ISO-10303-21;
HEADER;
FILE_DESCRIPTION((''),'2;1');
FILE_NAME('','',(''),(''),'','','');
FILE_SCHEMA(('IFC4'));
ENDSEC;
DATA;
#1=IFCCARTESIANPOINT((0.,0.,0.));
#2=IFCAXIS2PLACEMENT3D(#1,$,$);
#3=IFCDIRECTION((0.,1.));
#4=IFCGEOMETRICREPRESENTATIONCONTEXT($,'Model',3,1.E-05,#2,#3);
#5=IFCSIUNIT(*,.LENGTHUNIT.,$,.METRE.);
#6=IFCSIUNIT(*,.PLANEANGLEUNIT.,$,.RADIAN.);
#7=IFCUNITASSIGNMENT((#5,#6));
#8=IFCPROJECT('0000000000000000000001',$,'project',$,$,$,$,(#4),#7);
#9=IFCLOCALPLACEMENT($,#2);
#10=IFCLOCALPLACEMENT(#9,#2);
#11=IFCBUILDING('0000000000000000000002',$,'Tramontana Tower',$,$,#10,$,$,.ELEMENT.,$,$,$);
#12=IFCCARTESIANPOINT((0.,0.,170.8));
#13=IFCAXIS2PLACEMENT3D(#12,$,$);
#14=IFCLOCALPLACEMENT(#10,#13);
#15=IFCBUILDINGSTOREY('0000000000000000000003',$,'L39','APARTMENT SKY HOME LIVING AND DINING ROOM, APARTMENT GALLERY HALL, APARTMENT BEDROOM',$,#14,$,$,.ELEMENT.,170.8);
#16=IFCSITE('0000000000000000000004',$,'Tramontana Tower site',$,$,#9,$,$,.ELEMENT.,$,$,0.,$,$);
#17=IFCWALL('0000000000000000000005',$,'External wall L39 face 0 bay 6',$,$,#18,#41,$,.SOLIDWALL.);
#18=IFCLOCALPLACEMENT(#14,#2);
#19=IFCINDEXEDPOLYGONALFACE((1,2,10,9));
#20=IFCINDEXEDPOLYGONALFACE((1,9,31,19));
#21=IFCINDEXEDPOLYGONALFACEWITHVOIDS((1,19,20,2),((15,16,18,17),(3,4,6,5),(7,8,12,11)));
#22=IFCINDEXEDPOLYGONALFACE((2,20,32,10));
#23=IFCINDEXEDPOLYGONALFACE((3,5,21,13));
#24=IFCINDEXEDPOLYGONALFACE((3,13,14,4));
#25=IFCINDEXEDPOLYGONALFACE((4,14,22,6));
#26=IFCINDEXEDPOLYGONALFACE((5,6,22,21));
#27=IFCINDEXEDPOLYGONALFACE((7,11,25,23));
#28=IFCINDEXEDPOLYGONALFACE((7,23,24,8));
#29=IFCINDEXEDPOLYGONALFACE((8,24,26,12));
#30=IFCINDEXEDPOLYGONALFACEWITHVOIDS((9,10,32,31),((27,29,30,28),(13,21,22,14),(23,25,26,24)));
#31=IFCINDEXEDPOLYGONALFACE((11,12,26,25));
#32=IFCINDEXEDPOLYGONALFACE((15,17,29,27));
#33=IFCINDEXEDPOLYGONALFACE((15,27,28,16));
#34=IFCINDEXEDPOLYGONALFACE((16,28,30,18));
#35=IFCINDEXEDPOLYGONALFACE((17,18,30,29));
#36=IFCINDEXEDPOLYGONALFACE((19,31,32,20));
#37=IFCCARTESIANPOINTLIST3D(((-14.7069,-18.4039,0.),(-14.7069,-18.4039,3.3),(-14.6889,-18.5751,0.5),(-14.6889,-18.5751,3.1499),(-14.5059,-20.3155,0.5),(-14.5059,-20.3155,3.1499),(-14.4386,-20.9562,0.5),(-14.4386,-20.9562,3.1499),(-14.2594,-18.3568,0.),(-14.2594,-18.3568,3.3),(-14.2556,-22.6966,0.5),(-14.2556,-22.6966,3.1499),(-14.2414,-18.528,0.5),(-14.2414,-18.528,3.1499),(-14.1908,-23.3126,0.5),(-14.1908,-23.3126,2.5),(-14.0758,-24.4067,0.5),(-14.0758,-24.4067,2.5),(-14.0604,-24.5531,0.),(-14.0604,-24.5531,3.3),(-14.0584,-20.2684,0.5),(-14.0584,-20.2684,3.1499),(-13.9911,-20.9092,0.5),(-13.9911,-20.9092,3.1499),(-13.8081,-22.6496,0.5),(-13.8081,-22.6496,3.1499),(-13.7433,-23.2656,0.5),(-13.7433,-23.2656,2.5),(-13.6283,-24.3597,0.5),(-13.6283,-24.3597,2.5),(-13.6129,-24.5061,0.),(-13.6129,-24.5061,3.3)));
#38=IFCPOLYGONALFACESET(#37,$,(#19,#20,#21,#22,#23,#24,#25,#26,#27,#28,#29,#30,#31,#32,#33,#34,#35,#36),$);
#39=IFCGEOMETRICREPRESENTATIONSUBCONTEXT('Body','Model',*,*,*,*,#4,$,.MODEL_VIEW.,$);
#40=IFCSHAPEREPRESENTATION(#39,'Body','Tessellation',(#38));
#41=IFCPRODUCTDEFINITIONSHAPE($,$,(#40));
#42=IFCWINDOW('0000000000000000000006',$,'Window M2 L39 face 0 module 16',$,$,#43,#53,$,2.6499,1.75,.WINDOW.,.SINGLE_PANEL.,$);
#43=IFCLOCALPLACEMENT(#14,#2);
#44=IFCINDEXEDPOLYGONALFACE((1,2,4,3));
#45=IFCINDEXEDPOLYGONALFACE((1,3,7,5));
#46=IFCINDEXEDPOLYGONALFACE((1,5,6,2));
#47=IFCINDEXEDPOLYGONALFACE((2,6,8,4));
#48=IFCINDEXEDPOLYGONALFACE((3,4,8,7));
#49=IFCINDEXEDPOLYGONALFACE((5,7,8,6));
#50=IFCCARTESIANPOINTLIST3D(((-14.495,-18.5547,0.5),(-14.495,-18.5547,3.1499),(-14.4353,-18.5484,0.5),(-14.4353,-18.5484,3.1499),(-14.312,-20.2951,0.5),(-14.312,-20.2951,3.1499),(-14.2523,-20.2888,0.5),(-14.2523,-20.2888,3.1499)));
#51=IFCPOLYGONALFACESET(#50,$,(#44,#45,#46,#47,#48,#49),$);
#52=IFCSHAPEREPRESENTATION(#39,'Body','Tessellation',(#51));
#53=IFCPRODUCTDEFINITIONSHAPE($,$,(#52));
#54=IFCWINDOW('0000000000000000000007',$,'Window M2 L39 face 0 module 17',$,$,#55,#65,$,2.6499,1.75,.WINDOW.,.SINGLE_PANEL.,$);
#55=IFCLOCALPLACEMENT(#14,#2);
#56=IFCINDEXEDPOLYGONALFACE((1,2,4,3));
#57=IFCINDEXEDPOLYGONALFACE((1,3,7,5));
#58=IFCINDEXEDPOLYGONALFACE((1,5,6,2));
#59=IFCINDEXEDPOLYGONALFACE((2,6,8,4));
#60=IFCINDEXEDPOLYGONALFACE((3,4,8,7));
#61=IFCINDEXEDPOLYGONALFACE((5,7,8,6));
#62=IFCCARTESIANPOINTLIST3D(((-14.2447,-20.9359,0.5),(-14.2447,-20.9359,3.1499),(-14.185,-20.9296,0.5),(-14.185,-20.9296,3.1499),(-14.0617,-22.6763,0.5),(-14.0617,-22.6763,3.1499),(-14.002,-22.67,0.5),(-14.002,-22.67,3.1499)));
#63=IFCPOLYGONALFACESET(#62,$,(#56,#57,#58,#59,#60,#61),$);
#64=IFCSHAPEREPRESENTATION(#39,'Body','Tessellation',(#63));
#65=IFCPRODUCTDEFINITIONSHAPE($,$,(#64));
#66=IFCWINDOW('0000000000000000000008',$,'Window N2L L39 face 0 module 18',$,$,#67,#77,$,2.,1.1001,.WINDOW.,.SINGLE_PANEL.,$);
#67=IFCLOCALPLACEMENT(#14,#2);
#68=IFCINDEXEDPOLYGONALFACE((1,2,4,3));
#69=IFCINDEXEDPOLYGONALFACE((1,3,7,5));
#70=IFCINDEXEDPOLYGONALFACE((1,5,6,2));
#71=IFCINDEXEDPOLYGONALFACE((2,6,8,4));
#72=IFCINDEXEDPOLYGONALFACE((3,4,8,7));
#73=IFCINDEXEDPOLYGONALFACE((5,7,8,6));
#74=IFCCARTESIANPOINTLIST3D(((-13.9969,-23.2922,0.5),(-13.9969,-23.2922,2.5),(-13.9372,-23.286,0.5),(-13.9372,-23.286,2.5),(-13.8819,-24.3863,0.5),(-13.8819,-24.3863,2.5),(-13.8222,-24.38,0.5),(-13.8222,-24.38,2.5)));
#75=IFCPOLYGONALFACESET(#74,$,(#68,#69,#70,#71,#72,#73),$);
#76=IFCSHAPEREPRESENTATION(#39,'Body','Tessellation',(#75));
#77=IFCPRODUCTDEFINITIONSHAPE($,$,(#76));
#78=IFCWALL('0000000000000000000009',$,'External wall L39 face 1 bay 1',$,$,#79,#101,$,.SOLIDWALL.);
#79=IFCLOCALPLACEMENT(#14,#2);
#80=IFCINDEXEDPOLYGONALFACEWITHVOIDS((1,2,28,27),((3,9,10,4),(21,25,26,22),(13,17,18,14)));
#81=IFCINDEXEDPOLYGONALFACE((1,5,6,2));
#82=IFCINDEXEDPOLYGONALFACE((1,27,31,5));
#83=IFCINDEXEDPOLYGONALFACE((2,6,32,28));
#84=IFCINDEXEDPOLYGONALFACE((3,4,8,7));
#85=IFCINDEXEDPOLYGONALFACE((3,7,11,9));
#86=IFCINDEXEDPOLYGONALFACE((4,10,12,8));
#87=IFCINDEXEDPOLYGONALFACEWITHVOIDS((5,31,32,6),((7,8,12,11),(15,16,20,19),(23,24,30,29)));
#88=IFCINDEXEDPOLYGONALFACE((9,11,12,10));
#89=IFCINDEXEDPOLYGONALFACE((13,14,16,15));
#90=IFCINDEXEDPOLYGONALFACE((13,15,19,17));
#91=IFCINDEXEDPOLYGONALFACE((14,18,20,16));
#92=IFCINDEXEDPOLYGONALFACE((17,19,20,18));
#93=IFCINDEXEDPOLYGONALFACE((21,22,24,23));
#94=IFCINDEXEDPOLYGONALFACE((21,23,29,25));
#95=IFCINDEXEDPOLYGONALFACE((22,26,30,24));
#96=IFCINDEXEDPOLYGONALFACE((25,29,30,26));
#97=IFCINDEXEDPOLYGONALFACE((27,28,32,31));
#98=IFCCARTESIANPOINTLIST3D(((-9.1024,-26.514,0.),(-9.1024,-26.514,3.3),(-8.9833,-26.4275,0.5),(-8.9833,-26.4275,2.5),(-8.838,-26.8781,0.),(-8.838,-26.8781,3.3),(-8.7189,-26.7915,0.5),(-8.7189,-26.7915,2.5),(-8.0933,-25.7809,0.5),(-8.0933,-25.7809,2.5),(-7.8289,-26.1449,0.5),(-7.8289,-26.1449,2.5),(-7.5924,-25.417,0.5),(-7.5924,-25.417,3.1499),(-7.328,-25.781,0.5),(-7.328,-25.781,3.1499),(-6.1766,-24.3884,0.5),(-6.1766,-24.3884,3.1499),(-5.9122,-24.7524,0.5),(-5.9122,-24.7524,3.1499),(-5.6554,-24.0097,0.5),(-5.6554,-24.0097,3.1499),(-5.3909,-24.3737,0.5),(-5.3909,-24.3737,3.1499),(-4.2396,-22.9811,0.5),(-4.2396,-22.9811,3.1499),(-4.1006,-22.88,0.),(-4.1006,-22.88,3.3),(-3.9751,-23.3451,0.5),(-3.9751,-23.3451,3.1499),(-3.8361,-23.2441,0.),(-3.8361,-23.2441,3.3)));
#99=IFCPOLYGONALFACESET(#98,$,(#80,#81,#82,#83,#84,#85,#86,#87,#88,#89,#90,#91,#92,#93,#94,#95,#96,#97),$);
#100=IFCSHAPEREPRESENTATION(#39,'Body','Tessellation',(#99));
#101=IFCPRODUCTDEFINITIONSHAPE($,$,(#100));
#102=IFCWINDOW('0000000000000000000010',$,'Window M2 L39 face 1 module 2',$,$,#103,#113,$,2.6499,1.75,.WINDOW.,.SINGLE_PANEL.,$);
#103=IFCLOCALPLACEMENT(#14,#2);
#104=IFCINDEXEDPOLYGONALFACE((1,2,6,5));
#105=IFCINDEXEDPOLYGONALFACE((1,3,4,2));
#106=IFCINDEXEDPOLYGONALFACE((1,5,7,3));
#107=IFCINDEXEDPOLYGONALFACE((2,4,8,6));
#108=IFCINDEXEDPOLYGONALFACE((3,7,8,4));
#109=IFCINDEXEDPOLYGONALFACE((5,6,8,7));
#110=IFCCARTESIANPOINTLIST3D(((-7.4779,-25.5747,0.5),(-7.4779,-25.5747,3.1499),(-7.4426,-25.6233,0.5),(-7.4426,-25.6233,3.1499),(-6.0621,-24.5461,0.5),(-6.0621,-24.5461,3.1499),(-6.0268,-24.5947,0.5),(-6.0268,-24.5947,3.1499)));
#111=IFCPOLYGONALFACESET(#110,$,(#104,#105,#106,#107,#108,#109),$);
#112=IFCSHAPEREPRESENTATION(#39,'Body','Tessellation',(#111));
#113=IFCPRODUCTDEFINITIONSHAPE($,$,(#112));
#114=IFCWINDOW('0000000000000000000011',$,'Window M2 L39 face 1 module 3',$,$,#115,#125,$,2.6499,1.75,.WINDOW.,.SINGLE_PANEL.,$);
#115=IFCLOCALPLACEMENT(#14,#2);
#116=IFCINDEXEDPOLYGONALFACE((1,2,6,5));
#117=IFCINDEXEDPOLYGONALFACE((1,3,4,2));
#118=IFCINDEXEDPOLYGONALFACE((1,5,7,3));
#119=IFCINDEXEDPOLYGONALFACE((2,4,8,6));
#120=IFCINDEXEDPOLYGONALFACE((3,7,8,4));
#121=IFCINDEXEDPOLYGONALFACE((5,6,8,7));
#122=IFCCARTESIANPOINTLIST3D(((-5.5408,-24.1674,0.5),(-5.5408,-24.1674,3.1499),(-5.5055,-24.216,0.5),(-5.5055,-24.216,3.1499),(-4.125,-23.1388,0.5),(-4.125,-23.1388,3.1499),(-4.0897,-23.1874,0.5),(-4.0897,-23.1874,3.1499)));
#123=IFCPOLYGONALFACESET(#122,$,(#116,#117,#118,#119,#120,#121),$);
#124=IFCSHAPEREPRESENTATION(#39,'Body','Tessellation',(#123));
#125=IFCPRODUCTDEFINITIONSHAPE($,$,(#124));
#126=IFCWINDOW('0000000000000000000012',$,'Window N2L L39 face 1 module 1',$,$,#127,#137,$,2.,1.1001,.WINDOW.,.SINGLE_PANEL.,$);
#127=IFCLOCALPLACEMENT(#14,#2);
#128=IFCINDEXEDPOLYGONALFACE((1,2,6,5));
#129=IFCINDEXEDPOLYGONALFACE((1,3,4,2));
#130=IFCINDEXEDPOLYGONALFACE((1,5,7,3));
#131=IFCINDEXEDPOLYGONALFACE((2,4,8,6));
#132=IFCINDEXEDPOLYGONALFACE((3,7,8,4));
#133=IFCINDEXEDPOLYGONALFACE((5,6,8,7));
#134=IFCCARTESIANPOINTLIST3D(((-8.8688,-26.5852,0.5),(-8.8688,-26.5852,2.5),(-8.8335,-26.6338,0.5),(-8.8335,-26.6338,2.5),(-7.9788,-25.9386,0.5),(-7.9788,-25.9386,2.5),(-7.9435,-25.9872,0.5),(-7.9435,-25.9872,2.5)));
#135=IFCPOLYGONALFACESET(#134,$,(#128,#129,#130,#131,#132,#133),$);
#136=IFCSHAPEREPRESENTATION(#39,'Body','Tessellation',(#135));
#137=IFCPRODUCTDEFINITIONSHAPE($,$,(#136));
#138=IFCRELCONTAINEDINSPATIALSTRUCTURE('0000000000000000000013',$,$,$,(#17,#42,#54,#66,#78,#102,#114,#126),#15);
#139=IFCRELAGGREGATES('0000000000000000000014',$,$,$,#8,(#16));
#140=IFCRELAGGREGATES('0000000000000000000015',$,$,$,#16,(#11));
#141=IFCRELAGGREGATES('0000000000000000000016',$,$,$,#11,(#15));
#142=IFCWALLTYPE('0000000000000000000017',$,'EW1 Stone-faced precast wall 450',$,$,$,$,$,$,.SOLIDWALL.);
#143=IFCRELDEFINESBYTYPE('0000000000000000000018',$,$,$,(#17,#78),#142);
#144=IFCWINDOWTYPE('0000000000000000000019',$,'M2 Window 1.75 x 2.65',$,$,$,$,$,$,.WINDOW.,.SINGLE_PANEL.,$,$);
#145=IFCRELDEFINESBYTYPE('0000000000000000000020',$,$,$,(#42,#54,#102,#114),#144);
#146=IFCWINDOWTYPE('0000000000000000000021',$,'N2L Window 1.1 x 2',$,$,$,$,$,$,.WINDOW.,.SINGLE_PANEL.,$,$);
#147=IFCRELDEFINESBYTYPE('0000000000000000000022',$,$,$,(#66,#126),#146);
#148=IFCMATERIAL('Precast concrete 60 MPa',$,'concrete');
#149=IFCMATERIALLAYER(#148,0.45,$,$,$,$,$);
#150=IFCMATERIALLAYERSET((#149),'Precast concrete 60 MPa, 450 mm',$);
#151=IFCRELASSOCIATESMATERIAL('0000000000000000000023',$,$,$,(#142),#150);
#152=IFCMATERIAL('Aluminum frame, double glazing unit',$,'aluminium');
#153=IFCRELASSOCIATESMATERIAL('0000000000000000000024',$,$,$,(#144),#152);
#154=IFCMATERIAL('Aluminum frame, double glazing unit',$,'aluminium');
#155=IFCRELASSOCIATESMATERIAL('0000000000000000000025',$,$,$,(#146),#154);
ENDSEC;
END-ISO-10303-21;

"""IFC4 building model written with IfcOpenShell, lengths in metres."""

from ifc_helpers import new_model, si_unit, direction, frame, frame_2d, origin, place, context, subcontext, project, spatial, rectangle, extrude, material, layer, layer_set, type_object, element, fill, save


model = new_model("IFC4")

# Units and contexts
model_context = context("Model", 3, precision=1e-05, world=origin(), true_north=direction((0.0, 1.0)))
body_context = subcontext(model_context, "Body", "Model", "MODEL_VIEW")
ifc_project = project(units=[si_unit("LENGTHUNIT", "METRE"), si_unit("PLANEANGLEUNIT", "RADIAN")], contexts=[model_context])

# Site, building, storey
site_placement = place(None, origin())
site = spatial("IfcSite", under=ifc_project, at=site_placement, Name="Tramontana Tower site", CompositionType="ELEMENT", RefElevation=0.0)
building_placement = place(site_placement, origin())
building = spatial("IfcBuilding", under=site, at=building_placement, Name="Tramontana Tower", CompositionType="ELEMENT")
storey_placement = place(building_placement, frame((0.0, 0.0, 170.8)))
storey = spatial("IfcBuildingStorey", under=building, at=storey_placement, Name="L39", Description="APARTMENT SKY HOME LIVING AND DINING ROOM, APARTMENT GALLERY HALL, APARTMENT BEDROOM", CompositionType="ELEMENT", Elevation=170.8)

# Walls, openings, windows
ifc_material_1 = material(Name="Precast concrete 60 MPa", Category="concrete")
ifc_layer_1 = layer(ifc_material_1, 0.45)
ifc_layer_set_1 = layer_set([ifc_layer_1], Name="Precast concrete 60 MPa, 450 mm")
wall_type_1 = type_object("IfcWallType", Name="EW1 Stone-faced precast wall 450", PredefinedType="SOLIDWALL", material=ifc_layer_set_1)
wall_1_placement = place(storey_placement, frame((-14.4832, -18.3804, 0.0), z_axis=(0.0, 0.0, 1.0), x_axis=(0.104557, -0.994519, 0.0)))
wall_1 = element("IfcWall", 1, at=wall_1_placement, inside=storey, type_object=wall_type_1, Name="External wall L39 face 0 bay 6", PredefinedType="SOLIDWALL", context=body_context, shape_type="SweptSolid", body=[
    extrude(rectangle(XDim=6.1831, YDim=0.45, at=frame_2d((3.0916, 0.0))), origin(), (0.0, 0.0, 1.0), 3.3),
])
opening_1_placement = place(wall_1_placement, frame((0.1721, 0.0, 0.5)))
opening_1 = element("IfcOpeningElement", 2, at=opening_1_placement, cuts=wall_1, PredefinedType="OPENING", context=body_context, shape_type="SweptSolid", body=[
    extrude(rectangle(XDim=1.75, YDim=2.6499, at=frame_2d((0.875, 1.325))), frame((0.0, 0.2349, 0.0), z_axis=(0.0, -1.0, 0.0), x_axis=(1.0, 0.0, 0.0)), (0.0, 0.0, 1.0), 0.47),
])
opening_2_placement = place(wall_1_placement, frame((2.5664, 0.0, 0.5)))
opening_2 = element("IfcOpeningElement", 3, at=opening_2_placement, cuts=wall_1, PredefinedType="OPENING", context=body_context, shape_type="SweptSolid", body=[
    extrude(rectangle(XDim=1.75, YDim=2.6499, at=frame_2d((0.875, 1.325))), frame((0.0, 0.2349, 0.0), z_axis=(0.0, -1.0, 0.0), x_axis=(1.0, 0.0, 0.0)), (0.0, 0.0, 1.0), 0.47),
])
opening_3_placement = place(wall_1_placement, frame((4.9358, 0.0, 0.5)))
opening_3 = element("IfcOpeningElement", 4, at=opening_3_placement, cuts=wall_1, PredefinedType="OPENING", context=body_context, shape_type="SweptSolid", body=[
    extrude(rectangle(XDim=1.1001, YDim=2.0, at=frame_2d((0.55, 1.0))), frame((0.0, 0.2349, 0.0), z_axis=(0.0, -1.0, 0.0), x_axis=(1.0, 0.0, 0.0)), (0.0, 0.0, 1.0), 0.47),
])
ifc_material_2 = material(Name="Aluminum frame, double glazing unit", Category="aluminium")
window_type_1 = type_object("IfcWindowType", Name="M2 Window 1.75 x 2.65", PartitioningType="SINGLE_PANEL", PredefinedType="WINDOW", material=ifc_material_2)
window_1_placement = place(opening_1_placement, origin())
window_1 = element("IfcWindow", 5, at=window_1_placement, inside=storey, type_object=window_type_1, Name="Window M2 L39 face 0 module 16", OverallHeight=2.6499, OverallWidth=1.75, PartitioningType="SINGLE_PANEL", PredefinedType="WINDOW", context=body_context, shape_type="SweptSolid", body=[
    extrude(rectangle(XDim=1.75, YDim=2.6499, at=frame_2d((0.875, 1.325))), frame((0.0, 0.03, 0.0), z_axis=(0.0, -1.0, 0.0), x_axis=(1.0, 0.0, 0.0)), (0.0, 0.0, 1.0), 0.0601),
])
fill(opening_1, window_1)
window_2_placement = place(opening_2_placement, origin())
window_2 = element("IfcWindow", 6, at=window_2_placement, inside=storey, type_object=window_type_1, Name="Window M2 L39 face 0 module 17", OverallHeight=2.6499, OverallWidth=1.75, PartitioningType="SINGLE_PANEL", PredefinedType="WINDOW", context=body_context, shape_type="SweptSolid", body=[
    extrude(rectangle(XDim=1.75, YDim=2.6499, at=frame_2d((0.875, 1.325))), frame((0.0, 0.03, 0.0), z_axis=(0.0, -1.0, 0.0), x_axis=(1.0, 0.0, 0.0)), (0.0, 0.0, 1.0), 0.0601),
])
fill(opening_2, window_2)
ifc_material_3 = material(Name="Aluminum frame, double glazing unit", Category="aluminium")
window_type_2 = type_object("IfcWindowType", Name="N2L Window 1.1 x 2", PartitioningType="SINGLE_PANEL", PredefinedType="WINDOW", material=ifc_material_3)
window_3_placement = place(opening_3_placement, origin())
window_3 = element("IfcWindow", 7, at=window_3_placement, inside=storey, type_object=window_type_2, Name="Window N2L L39 face 0 module 18", OverallHeight=2.0, OverallWidth=1.1001, PartitioningType="SINGLE_PANEL", PredefinedType="WINDOW", context=body_context, shape_type="SweptSolid", body=[
    extrude(rectangle(XDim=1.1001, YDim=2.0, at=frame_2d((0.55, 1.0))), frame((0.0, 0.03, 0.0), z_axis=(0.0, -1.0, 0.0), x_axis=(1.0, 0.0, 0.0)), (0.0, 0.0, 1.0), 0.0601),
])
fill(opening_3, window_3)
wall_2_placement = place(storey_placement, frame((-8.9702, -26.696, 0.0), z_axis=(0.0, 0.0, 1.0), x_axis=(0.809025, 0.587775, 0.0)))
wall_2 = element("IfcWall", 8, at=wall_2_placement, inside=storey, type_object=wall_type_1, Name="External wall L39 face 1 bay 1", PredefinedType="SOLIDWALL", context=body_context, shape_type="SweptSolid", body=[
    extrude(rectangle(XDim=6.1826, YDim=0.45, at=frame_2d((3.0913, 0.0))), origin(), (0.0, 0.0, 1.0), 3.3),
])
opening_4_placement = place(wall_2_placement, frame((0.1472, 0.0, 0.5)))
opening_4 = element("IfcOpeningElement", 9, at=opening_4_placement, cuts=wall_2, PredefinedType="OPENING", context=body_context, shape_type="SweptSolid", body=[
    extrude(rectangle(XDim=1.1001, YDim=2.0, at=frame_2d((0.55, 1.0))), frame((0.0, 0.2349, 0.0), z_axis=(0.0, -1.0, 0.0), x_axis=(1.0, 0.0, 0.0)), (0.0, 0.0, 1.0), 0.47),
])
opening_5_placement = place(wall_2_placement, frame((1.8665, 0.0, 0.5)))
opening_5 = element("IfcOpeningElement", 10, at=opening_5_placement, cuts=wall_2, PredefinedType="OPENING", context=body_context, shape_type="SweptSolid", body=[
    extrude(rectangle(XDim=1.75, YDim=2.6499, at=frame_2d((0.875, 1.325))), frame((0.0, 0.2349, 0.0), z_axis=(0.0, -1.0, 0.0), x_axis=(1.0, 0.0, 0.0)), (0.0, 0.0, 1.0), 0.47),
])
opening_6_placement = place(wall_2_placement, frame((4.2607, 0.0, 0.5)))
opening_6 = element("IfcOpeningElement", 11, at=opening_6_placement, cuts=wall_2, PredefinedType="OPENING", context=body_context, shape_type="SweptSolid", body=[
    extrude(rectangle(XDim=1.75, YDim=2.6499, at=frame_2d((0.875, 1.325))), frame((0.0, 0.2349, 0.0), z_axis=(0.0, -1.0, 0.0), x_axis=(1.0, 0.0, 0.0)), (0.0, 0.0, 1.0), 0.47),
])
window_4_placement = place(opening_5_placement, origin())
window_4 = element("IfcWindow", 12, at=window_4_placement, inside=storey, type_object=window_type_1, Name="Window M2 L39 face 1 module 2", OverallHeight=2.6499, OverallWidth=1.75, PartitioningType="SINGLE_PANEL", PredefinedType="WINDOW", context=body_context, shape_type="SweptSolid", body=[
    extrude(rectangle(XDim=1.75, YDim=2.6499, at=frame_2d((0.875, 1.325))), frame((0.0, 0.03, 0.0), z_axis=(0.0, -1.0, 0.0), x_axis=(1.0, 0.0, 0.0)), (0.0, 0.0, 1.0), 0.0601),
])
fill(opening_5, window_4)
window_5_placement = place(opening_6_placement, origin())
window_5 = element("IfcWindow", 13, at=window_5_placement, inside=storey, type_object=window_type_1, Name="Window M2 L39 face 1 module 3", OverallHeight=2.6499, OverallWidth=1.75, PartitioningType="SINGLE_PANEL", PredefinedType="WINDOW", context=body_context, shape_type="SweptSolid", body=[
    extrude(rectangle(XDim=1.75, YDim=2.6499, at=frame_2d((0.875, 1.325))), frame((0.0, 0.03, 0.0), z_axis=(0.0, -1.0, 0.0), x_axis=(1.0, 0.0, 0.0)), (0.0, 0.0, 1.0), 0.0601),
])
fill(opening_6, window_5)
window_6_placement = place(opening_4_placement, origin())
window_6 = element("IfcWindow", 14, at=window_6_placement, inside=storey, type_object=window_type_2, Name="Window N2L L39 face 1 module 1", OverallHeight=2.0, OverallWidth=1.1001, PartitioningType="SINGLE_PANEL", PredefinedType="WINDOW", context=body_context, shape_type="SweptSolid", body=[
    extrude(rectangle(XDim=1.1001, YDim=2.0, at=frame_2d((0.55, 1.0))), frame((0.0, 0.03, 0.0), z_axis=(0.0, -1.0, 0.0), x_axis=(1.0, 0.0, 0.0)), (0.0, 0.0, 1.0), 0.0601),
])
fill(opening_4, window_6)

save(model, "model.ifc")
